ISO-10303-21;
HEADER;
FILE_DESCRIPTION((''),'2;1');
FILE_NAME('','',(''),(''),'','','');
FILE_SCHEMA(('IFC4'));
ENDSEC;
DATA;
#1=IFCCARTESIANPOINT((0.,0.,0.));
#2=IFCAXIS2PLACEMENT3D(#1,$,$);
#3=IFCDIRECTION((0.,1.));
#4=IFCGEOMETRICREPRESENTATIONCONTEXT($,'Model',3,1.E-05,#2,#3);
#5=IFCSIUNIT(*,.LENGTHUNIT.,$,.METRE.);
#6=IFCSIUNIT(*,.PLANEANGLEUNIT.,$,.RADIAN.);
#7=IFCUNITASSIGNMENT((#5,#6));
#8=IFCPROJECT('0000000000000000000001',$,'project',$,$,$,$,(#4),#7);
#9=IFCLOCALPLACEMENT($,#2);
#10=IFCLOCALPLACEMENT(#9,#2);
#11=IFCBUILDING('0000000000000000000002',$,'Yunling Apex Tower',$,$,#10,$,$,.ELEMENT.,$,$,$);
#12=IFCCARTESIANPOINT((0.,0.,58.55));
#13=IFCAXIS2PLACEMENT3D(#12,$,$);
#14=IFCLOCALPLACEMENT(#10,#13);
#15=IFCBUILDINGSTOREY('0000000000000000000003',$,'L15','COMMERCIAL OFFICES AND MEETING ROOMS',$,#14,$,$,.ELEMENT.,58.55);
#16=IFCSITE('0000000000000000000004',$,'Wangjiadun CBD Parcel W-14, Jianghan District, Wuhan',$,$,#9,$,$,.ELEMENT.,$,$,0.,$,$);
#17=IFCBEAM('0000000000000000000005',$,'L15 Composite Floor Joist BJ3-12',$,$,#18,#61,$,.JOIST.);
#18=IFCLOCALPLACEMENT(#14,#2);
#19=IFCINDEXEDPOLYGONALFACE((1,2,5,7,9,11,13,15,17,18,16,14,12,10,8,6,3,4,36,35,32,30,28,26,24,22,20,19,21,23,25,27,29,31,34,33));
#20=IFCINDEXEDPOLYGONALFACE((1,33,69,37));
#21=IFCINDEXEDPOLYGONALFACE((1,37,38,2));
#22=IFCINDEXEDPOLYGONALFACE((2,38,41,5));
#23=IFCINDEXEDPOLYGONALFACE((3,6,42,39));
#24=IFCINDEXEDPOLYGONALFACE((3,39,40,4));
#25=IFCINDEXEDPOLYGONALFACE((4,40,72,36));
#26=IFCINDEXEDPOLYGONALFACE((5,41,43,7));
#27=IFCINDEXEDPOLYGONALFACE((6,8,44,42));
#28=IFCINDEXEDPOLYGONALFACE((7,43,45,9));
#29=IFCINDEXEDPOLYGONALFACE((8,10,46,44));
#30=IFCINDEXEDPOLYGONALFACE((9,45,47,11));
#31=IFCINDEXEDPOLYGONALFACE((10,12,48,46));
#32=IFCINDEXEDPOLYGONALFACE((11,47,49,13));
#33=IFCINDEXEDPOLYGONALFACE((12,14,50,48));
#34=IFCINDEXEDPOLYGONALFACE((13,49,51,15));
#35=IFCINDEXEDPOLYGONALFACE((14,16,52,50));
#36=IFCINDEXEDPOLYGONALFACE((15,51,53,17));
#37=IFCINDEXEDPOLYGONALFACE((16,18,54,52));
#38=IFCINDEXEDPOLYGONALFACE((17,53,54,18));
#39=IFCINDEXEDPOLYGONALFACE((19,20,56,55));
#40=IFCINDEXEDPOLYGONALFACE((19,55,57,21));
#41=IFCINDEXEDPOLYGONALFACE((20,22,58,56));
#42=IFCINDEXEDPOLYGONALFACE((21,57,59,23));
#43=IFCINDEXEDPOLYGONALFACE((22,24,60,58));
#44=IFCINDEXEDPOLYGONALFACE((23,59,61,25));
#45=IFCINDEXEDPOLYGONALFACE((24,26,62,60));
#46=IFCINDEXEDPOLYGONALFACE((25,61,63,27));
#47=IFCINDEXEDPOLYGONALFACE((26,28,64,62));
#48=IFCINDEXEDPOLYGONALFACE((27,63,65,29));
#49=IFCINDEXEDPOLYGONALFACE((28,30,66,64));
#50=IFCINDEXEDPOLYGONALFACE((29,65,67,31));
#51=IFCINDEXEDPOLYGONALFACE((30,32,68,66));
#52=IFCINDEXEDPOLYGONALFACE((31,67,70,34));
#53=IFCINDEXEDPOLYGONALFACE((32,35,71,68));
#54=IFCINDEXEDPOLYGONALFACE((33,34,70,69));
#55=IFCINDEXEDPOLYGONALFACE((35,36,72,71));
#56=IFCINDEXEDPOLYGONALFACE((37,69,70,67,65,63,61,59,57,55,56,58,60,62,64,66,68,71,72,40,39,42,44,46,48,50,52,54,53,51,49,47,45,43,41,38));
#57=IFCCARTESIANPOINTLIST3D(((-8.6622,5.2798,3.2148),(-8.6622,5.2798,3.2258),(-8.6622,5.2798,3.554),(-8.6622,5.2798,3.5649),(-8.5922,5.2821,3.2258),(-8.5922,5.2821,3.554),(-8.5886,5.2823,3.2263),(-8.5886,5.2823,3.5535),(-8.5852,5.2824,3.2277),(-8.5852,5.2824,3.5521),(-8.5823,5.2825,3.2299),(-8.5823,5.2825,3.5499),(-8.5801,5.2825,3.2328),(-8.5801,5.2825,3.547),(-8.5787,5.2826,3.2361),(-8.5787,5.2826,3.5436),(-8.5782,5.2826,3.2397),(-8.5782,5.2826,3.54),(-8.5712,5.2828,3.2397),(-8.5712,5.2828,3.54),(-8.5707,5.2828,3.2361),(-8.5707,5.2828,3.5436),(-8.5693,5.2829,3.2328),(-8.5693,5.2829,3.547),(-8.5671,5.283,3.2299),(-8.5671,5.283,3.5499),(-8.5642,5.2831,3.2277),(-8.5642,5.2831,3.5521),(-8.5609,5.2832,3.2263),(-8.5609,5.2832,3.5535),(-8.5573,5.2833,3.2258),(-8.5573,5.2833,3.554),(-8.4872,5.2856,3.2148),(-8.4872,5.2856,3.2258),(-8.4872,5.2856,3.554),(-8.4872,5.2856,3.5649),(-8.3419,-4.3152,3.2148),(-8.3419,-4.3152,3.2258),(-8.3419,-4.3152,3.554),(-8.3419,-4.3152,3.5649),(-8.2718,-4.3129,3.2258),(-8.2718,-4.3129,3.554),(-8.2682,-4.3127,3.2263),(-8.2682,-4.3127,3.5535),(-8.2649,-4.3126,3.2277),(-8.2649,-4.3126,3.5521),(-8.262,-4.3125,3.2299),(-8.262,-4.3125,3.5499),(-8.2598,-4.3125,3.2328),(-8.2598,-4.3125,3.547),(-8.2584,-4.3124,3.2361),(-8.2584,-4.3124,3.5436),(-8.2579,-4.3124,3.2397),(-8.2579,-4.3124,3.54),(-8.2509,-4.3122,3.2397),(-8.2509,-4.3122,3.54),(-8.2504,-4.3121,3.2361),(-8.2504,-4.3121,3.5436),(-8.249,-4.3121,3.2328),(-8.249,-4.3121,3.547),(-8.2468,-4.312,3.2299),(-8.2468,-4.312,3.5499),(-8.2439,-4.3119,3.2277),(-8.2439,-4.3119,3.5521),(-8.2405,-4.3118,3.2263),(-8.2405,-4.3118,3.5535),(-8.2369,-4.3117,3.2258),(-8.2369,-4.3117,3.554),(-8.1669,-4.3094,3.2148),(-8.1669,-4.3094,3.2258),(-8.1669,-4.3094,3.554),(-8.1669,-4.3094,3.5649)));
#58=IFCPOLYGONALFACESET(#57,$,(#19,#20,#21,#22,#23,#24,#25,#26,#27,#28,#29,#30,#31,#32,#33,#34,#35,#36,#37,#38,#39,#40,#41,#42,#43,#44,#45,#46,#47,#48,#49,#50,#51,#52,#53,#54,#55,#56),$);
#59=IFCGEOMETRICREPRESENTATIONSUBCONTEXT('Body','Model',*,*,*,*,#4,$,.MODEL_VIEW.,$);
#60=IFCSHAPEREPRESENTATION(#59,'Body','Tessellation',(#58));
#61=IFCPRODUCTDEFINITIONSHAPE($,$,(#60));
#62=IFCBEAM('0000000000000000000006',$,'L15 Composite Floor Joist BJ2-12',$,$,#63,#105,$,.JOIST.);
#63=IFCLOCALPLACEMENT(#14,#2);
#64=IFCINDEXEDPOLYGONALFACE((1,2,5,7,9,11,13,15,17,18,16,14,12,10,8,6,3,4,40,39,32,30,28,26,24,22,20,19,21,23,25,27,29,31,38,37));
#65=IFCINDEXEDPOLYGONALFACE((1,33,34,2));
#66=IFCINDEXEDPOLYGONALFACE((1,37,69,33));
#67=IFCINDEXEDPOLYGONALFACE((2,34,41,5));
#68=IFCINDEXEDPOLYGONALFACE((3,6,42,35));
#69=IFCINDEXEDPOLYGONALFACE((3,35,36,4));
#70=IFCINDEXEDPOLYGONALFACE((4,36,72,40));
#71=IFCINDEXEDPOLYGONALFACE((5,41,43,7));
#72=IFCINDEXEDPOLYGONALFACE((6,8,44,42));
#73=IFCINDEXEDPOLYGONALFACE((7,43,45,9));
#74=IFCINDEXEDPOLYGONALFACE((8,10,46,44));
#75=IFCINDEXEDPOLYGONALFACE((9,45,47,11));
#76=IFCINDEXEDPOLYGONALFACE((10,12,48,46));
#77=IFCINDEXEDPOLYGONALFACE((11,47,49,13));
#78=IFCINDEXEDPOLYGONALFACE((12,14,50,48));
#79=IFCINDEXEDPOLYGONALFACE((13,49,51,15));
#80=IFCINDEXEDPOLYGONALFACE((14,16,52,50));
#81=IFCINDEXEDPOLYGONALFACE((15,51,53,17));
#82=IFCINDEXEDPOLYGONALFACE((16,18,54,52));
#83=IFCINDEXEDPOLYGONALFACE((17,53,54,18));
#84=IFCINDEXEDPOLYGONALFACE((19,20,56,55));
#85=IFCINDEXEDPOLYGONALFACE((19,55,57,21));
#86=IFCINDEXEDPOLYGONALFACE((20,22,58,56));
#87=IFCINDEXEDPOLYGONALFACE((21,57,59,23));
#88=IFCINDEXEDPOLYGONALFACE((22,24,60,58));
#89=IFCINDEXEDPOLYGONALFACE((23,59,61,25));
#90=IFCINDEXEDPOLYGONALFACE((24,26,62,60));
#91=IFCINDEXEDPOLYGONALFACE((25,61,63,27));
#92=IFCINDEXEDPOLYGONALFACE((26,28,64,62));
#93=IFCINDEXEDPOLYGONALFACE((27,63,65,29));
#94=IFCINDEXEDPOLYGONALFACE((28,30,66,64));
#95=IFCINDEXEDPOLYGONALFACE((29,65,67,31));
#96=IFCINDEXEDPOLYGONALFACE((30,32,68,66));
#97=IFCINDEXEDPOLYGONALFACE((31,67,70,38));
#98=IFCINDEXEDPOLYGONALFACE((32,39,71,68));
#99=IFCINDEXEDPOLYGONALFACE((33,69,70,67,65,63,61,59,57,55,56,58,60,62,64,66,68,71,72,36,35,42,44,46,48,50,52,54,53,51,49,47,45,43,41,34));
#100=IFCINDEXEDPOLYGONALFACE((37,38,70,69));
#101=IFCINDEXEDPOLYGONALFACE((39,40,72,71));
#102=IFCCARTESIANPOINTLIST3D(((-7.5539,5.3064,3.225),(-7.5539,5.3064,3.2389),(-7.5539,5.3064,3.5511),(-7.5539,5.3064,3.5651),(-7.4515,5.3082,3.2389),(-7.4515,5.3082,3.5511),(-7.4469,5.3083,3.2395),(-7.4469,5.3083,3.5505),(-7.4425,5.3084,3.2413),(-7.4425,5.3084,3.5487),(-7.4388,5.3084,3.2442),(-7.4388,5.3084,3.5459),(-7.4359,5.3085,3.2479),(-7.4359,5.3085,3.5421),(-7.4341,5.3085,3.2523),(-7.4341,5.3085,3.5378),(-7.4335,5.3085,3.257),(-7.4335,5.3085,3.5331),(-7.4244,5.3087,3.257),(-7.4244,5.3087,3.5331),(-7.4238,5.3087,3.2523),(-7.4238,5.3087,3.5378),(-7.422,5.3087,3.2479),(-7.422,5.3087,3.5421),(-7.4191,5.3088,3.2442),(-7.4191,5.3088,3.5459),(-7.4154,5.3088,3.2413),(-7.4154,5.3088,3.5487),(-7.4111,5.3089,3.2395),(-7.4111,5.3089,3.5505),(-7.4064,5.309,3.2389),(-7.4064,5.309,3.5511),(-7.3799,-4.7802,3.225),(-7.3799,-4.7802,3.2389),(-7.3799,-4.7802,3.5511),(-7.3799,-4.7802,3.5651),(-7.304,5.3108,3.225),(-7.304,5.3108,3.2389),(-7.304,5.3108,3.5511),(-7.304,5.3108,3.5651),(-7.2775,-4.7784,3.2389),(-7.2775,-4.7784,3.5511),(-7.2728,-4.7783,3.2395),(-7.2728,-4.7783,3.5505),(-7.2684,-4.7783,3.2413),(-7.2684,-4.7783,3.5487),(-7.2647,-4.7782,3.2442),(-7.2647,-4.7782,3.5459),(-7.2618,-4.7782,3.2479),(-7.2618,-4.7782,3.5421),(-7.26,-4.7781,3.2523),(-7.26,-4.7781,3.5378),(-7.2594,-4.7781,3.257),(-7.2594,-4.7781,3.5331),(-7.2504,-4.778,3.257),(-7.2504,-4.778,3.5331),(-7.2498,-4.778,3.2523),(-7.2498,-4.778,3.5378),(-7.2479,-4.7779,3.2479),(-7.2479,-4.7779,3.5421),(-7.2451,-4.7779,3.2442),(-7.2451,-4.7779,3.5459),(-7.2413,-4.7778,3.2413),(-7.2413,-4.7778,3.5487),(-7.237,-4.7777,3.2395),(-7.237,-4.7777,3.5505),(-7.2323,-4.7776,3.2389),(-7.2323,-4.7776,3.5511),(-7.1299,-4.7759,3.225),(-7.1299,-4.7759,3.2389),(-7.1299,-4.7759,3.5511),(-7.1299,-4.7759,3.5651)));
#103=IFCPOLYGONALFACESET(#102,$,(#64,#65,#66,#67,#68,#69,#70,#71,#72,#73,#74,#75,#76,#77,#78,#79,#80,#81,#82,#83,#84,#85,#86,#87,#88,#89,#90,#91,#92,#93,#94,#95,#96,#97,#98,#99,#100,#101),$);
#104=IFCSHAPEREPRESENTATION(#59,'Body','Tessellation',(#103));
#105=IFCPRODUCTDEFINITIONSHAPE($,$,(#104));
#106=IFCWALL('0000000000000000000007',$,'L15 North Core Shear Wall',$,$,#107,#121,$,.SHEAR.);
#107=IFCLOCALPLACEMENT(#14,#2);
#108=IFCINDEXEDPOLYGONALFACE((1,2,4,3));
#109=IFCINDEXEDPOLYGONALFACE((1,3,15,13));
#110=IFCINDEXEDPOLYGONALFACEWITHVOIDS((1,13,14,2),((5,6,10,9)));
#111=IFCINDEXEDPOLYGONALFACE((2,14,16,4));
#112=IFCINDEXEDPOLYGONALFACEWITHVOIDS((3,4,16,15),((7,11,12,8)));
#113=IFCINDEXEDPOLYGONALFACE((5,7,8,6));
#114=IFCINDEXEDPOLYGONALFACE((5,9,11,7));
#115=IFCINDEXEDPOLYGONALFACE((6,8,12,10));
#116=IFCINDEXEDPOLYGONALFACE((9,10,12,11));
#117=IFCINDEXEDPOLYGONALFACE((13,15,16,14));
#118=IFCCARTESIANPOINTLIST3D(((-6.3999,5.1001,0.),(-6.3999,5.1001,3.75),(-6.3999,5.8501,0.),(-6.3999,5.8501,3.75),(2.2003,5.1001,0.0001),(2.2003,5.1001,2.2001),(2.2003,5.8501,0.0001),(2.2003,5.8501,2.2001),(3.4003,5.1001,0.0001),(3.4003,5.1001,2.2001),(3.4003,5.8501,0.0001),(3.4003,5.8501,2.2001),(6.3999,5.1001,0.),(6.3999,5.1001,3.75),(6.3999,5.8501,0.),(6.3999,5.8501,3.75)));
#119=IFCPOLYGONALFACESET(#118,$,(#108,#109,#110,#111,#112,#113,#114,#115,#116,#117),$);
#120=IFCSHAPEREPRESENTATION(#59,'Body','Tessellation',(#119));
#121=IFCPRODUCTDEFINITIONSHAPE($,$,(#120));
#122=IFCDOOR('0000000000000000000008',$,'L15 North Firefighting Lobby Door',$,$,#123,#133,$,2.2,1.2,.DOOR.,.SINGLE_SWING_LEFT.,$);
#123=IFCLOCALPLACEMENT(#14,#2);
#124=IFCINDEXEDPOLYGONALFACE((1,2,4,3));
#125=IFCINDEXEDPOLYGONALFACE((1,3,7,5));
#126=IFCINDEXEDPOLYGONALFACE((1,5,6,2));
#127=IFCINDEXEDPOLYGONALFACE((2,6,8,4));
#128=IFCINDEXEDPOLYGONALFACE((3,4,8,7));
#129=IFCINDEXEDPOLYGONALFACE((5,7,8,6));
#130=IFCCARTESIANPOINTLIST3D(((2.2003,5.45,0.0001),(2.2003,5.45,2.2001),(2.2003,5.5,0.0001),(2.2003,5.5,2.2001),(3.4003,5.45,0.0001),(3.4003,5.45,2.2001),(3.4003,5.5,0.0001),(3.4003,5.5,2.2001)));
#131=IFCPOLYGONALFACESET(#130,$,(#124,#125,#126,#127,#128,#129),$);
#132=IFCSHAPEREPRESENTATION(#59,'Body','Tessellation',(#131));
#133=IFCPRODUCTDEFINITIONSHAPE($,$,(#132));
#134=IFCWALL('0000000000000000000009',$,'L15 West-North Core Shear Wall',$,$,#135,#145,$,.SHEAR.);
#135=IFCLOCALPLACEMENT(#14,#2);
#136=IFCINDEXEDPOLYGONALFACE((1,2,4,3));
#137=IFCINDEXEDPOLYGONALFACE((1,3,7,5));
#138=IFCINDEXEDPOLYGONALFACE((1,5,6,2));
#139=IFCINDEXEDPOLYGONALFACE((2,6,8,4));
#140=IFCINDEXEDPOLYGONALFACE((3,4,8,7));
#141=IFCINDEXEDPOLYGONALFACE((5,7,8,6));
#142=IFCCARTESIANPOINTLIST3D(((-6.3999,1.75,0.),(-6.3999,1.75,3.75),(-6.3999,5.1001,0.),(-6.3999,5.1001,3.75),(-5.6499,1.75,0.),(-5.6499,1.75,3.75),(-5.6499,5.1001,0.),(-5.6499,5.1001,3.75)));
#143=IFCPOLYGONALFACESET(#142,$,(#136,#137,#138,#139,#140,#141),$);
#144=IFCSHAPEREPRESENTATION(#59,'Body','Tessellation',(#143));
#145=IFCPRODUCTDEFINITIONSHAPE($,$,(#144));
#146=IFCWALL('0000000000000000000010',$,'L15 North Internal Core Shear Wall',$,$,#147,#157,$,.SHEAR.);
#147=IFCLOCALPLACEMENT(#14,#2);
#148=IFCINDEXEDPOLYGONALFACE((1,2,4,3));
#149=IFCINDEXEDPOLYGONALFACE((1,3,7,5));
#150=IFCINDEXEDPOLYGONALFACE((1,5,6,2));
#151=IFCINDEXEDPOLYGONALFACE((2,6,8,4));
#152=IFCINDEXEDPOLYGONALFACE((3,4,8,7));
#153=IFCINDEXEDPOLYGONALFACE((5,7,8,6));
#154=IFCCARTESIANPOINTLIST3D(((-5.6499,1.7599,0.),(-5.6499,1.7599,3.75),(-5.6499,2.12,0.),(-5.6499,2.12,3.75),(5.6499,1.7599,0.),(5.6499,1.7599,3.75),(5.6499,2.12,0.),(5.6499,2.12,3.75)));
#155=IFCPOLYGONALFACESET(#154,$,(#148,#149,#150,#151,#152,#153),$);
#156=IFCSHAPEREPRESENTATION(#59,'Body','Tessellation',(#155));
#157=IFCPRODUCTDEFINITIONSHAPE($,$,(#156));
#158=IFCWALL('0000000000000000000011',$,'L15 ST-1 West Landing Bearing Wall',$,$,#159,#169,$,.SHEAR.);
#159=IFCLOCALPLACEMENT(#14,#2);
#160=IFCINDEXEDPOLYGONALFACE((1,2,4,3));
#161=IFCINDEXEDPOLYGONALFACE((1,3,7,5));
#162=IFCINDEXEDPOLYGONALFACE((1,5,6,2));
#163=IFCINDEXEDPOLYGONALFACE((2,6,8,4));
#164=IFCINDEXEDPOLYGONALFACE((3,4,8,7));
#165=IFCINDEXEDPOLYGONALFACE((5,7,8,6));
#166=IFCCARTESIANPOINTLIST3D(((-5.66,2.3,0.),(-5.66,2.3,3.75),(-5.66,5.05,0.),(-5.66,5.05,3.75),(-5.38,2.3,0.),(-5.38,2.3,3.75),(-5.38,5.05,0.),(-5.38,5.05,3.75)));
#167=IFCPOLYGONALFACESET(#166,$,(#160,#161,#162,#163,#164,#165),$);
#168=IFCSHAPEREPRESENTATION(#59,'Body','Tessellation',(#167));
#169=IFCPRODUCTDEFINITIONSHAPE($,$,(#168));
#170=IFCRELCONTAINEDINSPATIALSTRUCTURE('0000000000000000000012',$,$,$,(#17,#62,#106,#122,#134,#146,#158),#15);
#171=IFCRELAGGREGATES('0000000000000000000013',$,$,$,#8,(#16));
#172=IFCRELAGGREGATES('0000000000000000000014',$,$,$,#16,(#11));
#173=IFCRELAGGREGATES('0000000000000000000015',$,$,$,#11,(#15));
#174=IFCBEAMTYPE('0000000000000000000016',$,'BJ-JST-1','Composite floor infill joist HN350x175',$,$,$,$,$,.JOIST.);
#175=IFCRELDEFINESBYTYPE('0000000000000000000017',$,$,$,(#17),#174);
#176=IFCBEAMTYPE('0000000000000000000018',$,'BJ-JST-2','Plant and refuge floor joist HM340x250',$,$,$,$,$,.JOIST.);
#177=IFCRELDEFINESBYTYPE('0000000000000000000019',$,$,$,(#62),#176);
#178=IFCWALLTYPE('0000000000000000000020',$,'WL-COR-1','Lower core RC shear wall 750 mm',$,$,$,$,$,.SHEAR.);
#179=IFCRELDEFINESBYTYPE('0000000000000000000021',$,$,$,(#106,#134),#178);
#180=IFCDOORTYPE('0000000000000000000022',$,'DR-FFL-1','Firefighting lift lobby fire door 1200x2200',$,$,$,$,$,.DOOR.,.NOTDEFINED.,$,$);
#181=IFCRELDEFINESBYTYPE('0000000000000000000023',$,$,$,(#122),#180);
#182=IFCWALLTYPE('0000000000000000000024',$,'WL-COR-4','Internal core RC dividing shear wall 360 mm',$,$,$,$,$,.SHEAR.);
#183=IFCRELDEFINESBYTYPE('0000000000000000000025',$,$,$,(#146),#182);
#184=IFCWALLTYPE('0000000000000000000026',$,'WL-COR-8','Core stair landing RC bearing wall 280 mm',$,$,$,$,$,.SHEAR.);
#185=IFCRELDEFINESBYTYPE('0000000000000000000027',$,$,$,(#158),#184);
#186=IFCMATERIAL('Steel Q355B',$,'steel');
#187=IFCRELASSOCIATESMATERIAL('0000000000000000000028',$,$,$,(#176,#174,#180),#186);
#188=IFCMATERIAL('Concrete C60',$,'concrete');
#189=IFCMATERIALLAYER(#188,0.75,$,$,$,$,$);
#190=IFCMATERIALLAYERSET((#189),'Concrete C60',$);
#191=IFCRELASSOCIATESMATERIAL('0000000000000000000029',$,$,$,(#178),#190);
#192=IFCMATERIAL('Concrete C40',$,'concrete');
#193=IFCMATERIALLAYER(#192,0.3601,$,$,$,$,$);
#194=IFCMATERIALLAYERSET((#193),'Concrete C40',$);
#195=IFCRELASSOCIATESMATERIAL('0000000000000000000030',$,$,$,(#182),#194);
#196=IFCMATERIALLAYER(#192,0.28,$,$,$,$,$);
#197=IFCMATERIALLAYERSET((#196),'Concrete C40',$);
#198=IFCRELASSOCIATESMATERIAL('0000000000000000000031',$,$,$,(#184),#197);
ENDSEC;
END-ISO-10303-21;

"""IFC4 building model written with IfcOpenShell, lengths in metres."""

from ifc_helpers import new_model, si_unit, direction, frame, frame_2d, origin, origin_2d, place, context, subcontext, project, spatial, rectangle, i_section, extrude, source, transform, mapped, material, layer, layer_set, material_profile, profile_set, type_object, element, fill, save


model = new_model("IFC4")

# Units and contexts
model_context = context("Model", 3, precision=1e-05, world=origin(), true_north=direction((0.0, 1.0)))
body_context = subcontext(model_context, "Body", "Model", "MODEL_VIEW")
ifc_project = project(units=[si_unit("LENGTHUNIT", "METRE"), si_unit("PLANEANGLEUNIT", "RADIAN")], contexts=[model_context])

# Site, building, storey
site_placement = place(None, origin())
site = spatial("IfcSite", under=ifc_project, at=site_placement, Name="Wangjiadun CBD Parcel W-14, Jianghan District, Wuhan", CompositionType="ELEMENT", RefElevation=0.0)
building_placement = place(site_placement, origin())
building = spatial("IfcBuilding", under=site, at=building_placement, Name="Yunling Apex Tower", CompositionType="ELEMENT")
storey_placement = place(building_placement, frame((0.0, 0.0, 58.55)))
storey = spatial("IfcBuildingStorey", under=building, at=storey_placement, Name="L15", Description="COMMERCIAL OFFICES AND MEETING ROOMS", CompositionType="ELEMENT", Elevation=58.55)

# Shared definitions
ifc_material_1 = material(Name="Concrete C60", Category="concrete")

# Beams
ifc_material_2 = material(Name="Steel Q355B", Category="steel")
ifc_material_profile_1 = material_profile(ifc_material_2, i_section(OverallWidth=0.25, OverallDepth=0.3401, WebThickness=0.009, FlangeThickness=0.0139, FilletRadius=0.0181, at=origin_2d()))
ifc_profile_set_1 = profile_set([ifc_material_profile_1], Name="Steel Q355B")
beam_type_1 = type_object("IfcBeamType", Name="BJ-JST-2", Description="Plant and refuge floor joist HM340x250", PredefinedType="JOIST", material=ifc_profile_set_1)
ifc_material_profile_2 = material_profile(ifc_material_2, i_section(OverallWidth=0.175, OverallDepth=0.3501, WebThickness=0.0071, FlangeThickness=0.011, FilletRadius=0.0139, at=origin_2d()))
ifc_profile_set_2 = profile_set([ifc_material_profile_2], Name="Steel Q355B")
beam_type_2 = type_object("IfcBeamType", Name="BJ-JST-1", Description="Composite floor infill joist HN350x175", PredefinedType="JOIST", material=ifc_profile_set_2)
shared_shape_1 = source(origin(), body_context, "Body", "SweptSolid", [
    extrude(i_section(OverallWidth=0.175, OverallDepth=0.3501, WebThickness=0.0071, FlangeThickness=0.011, FilletRadius=0.0139, at=origin_2d()), origin(), (0.0, 0.0, 1.0), 9.6003),
])
beam_1_placement = place(storey_placement, frame((-8.5747, 5.2827, 3.3899), z_axis=(0.033365, -0.999443, 0.0), x_axis=(0.999443, 0.033365, 0.0)))
element("IfcBeam", 1, at=beam_1_placement, inside=storey, type_object=beam_type_2, Name="L15 Composite Floor Joist BJ3-12", PredefinedType="JOIST", context=body_context, shape_type="MappedRepresentation", body=[
    mapped(shared_shape_1, transform((0.0, 0.0, 0.0), scale=1.0)),
])
shared_shape_2 = source(origin(), body_context, "Body", "SweptSolid", [
    extrude(i_section(OverallWidth=0.25, OverallDepth=0.3401, WebThickness=0.009, FlangeThickness=0.0139, FilletRadius=0.0181, at=origin_2d()), origin(), (0.0, 0.0, 1.0), 10.0881),
])
beam_2_placement = place(storey_placement, frame((-7.429, 5.3086, 3.395), z_axis=(0.017255, -0.999851, 0.0), x_axis=(0.999851, 0.017255, 0.0)))
element("IfcBeam", 2, at=beam_2_placement, inside=storey, type_object=beam_type_1, Name="L15 Composite Floor Joist BJ2-12", PredefinedType="JOIST", context=body_context, shape_type="MappedRepresentation", body=[
    mapped(shared_shape_2, transform((0.0, 0.0, 0.0), scale=1.0)),
])

# Wall, opening, door
ifc_layer_1 = layer(ifc_material_1, 0.75)
ifc_layer_set_1 = layer_set([ifc_layer_1], Name="Concrete C60")
wall_type_1 = type_object("IfcWallType", Name="WL-COR-1", Description="Lower core RC shear wall 750 mm", PredefinedType="SHEAR", material=ifc_layer_set_1)
wall_1_placement = place(storey_placement, frame((-6.3999, 5.4751, 0.0), z_axis=(0.0, 0.0, 1.0), x_axis=(1.0, 0.0, 0.0)))
wall_1 = element("IfcWall", 3, at=wall_1_placement, inside=storey, type_object=wall_type_1, Name="L15 North Core Shear Wall", PredefinedType="SHEAR", context=body_context, shape_type="SweptSolid", body=[
    extrude(rectangle(XDim=12.7998, YDim=0.75, at=frame_2d((6.3999, 0.0))), origin(), (0.0, 0.0, 1.0), 3.75),
])
opening_1_placement = place(wall_1_placement, frame((8.6001, 0.0, 0.0)))
opening_1 = element("IfcOpeningElement", 4, at=opening_1_placement, cuts=wall_1, PredefinedType="OPENING", context=body_context, shape_type="SweptSolid", body=[
    extrude(rectangle(XDim=1.2, YDim=2.2, at=frame_2d((0.6001, 1.1001))), frame((0.0, 0.385, 0.0), z_axis=(0.0, -1.0, 0.0), x_axis=(1.0, 0.0, 0.0)), (0.0, 0.0, 1.0), 0.77),
])
door_type_1 = type_object("IfcDoorType", Name="DR-FFL-1", Description="Firefighting lift lobby fire door 1200x2200", OperationType="NOTDEFINED", PredefinedType="DOOR", material=ifc_material_2)
door_1_placement = place(opening_1_placement, origin())
door_1 = element("IfcDoor", 5, at=door_1_placement, inside=storey, type_object=door_type_1, Name="L15 North Firefighting Lobby Door", OperationType="SINGLE_SWING_LEFT", OverallHeight=2.2, OverallWidth=1.2, PredefinedType="DOOR", context=body_context, shape_type="SweptSolid", body=[
    extrude(rectangle(XDim=1.2, YDim=2.2, at=frame_2d((0.6001, 1.1001))), frame((0.0, 0.0249, 0.0), z_axis=(0.0, -1.0, 0.0), x_axis=(1.0, 0.0, 0.0)), (0.0, 0.0, 1.0), 0.05),
])
fill(opening_1, door_1)

# Walls
wall_2_placement = place(storey_placement, frame((-6.0249, 1.75, 0.0), z_axis=(0.0, 0.0, 1.0), x_axis=(0.0, 1.0, 0.0)))
element("IfcWall", 6, at=wall_2_placement, inside=storey, type_object=wall_type_1, Name="L15 West-North Core Shear Wall", PredefinedType="SHEAR", context=body_context, shape_type="SweptSolid", body=[
    extrude(rectangle(XDim=3.3501, YDim=0.75, at=frame_2d((1.675, 0.0))), origin(), (0.0, 0.0, 1.0), 3.75),
])
ifc_material_3 = material(Name="Concrete C40", Category="concrete")
ifc_layer_2 = layer(ifc_material_3, 0.3601)
ifc_layer_set_2 = layer_set([ifc_layer_2], Name="Concrete C40")
wall_type_2 = type_object("IfcWallType", Name="WL-COR-4", Description="Internal core RC dividing shear wall 360 mm", PredefinedType="SHEAR", material=ifc_layer_set_2)
wall_3_placement = place(storey_placement, frame((-5.6499, 1.9399, 0.0), z_axis=(0.0, 0.0, 1.0), x_axis=(1.0, 0.0, 0.0)))
element("IfcWall", 7, at=wall_3_placement, inside=storey, type_object=wall_type_2, Name="L15 North Internal Core Shear Wall", PredefinedType="SHEAR", context=body_context, shape_type="SweptSolid", body=[
    extrude(rectangle(XDim=11.2998, YDim=0.3601, at=frame_2d((5.6499, 0.0))), origin(), (0.0, 0.0, 1.0), 3.75),
])
ifc_layer_3 = layer(ifc_material_3, 0.28)
ifc_layer_set_3 = layer_set([ifc_layer_3], Name="Concrete C40")
wall_type_3 = type_object("IfcWallType", Name="WL-COR-8", Description="Core stair landing RC bearing wall 280 mm", PredefinedType="SHEAR", material=ifc_layer_set_3)
wall_4_placement = place(storey_placement, frame((-5.52, 2.3, 0.0), z_axis=(0.0, 0.0, 1.0), x_axis=(0.0, 1.0, 0.0)))
element("IfcWall", 8, at=wall_4_placement, inside=storey, type_object=wall_type_3, Name="L15 ST-1 West Landing Bearing Wall", PredefinedType="SHEAR", context=body_context, shape_type="SweptSolid", body=[
    extrude(rectangle(XDim=2.75, YDim=0.28, at=frame_2d((1.375, 0.0))), origin(), (0.0, 0.0, 1.0), 3.75),
])

save(model, "model.ifc")
